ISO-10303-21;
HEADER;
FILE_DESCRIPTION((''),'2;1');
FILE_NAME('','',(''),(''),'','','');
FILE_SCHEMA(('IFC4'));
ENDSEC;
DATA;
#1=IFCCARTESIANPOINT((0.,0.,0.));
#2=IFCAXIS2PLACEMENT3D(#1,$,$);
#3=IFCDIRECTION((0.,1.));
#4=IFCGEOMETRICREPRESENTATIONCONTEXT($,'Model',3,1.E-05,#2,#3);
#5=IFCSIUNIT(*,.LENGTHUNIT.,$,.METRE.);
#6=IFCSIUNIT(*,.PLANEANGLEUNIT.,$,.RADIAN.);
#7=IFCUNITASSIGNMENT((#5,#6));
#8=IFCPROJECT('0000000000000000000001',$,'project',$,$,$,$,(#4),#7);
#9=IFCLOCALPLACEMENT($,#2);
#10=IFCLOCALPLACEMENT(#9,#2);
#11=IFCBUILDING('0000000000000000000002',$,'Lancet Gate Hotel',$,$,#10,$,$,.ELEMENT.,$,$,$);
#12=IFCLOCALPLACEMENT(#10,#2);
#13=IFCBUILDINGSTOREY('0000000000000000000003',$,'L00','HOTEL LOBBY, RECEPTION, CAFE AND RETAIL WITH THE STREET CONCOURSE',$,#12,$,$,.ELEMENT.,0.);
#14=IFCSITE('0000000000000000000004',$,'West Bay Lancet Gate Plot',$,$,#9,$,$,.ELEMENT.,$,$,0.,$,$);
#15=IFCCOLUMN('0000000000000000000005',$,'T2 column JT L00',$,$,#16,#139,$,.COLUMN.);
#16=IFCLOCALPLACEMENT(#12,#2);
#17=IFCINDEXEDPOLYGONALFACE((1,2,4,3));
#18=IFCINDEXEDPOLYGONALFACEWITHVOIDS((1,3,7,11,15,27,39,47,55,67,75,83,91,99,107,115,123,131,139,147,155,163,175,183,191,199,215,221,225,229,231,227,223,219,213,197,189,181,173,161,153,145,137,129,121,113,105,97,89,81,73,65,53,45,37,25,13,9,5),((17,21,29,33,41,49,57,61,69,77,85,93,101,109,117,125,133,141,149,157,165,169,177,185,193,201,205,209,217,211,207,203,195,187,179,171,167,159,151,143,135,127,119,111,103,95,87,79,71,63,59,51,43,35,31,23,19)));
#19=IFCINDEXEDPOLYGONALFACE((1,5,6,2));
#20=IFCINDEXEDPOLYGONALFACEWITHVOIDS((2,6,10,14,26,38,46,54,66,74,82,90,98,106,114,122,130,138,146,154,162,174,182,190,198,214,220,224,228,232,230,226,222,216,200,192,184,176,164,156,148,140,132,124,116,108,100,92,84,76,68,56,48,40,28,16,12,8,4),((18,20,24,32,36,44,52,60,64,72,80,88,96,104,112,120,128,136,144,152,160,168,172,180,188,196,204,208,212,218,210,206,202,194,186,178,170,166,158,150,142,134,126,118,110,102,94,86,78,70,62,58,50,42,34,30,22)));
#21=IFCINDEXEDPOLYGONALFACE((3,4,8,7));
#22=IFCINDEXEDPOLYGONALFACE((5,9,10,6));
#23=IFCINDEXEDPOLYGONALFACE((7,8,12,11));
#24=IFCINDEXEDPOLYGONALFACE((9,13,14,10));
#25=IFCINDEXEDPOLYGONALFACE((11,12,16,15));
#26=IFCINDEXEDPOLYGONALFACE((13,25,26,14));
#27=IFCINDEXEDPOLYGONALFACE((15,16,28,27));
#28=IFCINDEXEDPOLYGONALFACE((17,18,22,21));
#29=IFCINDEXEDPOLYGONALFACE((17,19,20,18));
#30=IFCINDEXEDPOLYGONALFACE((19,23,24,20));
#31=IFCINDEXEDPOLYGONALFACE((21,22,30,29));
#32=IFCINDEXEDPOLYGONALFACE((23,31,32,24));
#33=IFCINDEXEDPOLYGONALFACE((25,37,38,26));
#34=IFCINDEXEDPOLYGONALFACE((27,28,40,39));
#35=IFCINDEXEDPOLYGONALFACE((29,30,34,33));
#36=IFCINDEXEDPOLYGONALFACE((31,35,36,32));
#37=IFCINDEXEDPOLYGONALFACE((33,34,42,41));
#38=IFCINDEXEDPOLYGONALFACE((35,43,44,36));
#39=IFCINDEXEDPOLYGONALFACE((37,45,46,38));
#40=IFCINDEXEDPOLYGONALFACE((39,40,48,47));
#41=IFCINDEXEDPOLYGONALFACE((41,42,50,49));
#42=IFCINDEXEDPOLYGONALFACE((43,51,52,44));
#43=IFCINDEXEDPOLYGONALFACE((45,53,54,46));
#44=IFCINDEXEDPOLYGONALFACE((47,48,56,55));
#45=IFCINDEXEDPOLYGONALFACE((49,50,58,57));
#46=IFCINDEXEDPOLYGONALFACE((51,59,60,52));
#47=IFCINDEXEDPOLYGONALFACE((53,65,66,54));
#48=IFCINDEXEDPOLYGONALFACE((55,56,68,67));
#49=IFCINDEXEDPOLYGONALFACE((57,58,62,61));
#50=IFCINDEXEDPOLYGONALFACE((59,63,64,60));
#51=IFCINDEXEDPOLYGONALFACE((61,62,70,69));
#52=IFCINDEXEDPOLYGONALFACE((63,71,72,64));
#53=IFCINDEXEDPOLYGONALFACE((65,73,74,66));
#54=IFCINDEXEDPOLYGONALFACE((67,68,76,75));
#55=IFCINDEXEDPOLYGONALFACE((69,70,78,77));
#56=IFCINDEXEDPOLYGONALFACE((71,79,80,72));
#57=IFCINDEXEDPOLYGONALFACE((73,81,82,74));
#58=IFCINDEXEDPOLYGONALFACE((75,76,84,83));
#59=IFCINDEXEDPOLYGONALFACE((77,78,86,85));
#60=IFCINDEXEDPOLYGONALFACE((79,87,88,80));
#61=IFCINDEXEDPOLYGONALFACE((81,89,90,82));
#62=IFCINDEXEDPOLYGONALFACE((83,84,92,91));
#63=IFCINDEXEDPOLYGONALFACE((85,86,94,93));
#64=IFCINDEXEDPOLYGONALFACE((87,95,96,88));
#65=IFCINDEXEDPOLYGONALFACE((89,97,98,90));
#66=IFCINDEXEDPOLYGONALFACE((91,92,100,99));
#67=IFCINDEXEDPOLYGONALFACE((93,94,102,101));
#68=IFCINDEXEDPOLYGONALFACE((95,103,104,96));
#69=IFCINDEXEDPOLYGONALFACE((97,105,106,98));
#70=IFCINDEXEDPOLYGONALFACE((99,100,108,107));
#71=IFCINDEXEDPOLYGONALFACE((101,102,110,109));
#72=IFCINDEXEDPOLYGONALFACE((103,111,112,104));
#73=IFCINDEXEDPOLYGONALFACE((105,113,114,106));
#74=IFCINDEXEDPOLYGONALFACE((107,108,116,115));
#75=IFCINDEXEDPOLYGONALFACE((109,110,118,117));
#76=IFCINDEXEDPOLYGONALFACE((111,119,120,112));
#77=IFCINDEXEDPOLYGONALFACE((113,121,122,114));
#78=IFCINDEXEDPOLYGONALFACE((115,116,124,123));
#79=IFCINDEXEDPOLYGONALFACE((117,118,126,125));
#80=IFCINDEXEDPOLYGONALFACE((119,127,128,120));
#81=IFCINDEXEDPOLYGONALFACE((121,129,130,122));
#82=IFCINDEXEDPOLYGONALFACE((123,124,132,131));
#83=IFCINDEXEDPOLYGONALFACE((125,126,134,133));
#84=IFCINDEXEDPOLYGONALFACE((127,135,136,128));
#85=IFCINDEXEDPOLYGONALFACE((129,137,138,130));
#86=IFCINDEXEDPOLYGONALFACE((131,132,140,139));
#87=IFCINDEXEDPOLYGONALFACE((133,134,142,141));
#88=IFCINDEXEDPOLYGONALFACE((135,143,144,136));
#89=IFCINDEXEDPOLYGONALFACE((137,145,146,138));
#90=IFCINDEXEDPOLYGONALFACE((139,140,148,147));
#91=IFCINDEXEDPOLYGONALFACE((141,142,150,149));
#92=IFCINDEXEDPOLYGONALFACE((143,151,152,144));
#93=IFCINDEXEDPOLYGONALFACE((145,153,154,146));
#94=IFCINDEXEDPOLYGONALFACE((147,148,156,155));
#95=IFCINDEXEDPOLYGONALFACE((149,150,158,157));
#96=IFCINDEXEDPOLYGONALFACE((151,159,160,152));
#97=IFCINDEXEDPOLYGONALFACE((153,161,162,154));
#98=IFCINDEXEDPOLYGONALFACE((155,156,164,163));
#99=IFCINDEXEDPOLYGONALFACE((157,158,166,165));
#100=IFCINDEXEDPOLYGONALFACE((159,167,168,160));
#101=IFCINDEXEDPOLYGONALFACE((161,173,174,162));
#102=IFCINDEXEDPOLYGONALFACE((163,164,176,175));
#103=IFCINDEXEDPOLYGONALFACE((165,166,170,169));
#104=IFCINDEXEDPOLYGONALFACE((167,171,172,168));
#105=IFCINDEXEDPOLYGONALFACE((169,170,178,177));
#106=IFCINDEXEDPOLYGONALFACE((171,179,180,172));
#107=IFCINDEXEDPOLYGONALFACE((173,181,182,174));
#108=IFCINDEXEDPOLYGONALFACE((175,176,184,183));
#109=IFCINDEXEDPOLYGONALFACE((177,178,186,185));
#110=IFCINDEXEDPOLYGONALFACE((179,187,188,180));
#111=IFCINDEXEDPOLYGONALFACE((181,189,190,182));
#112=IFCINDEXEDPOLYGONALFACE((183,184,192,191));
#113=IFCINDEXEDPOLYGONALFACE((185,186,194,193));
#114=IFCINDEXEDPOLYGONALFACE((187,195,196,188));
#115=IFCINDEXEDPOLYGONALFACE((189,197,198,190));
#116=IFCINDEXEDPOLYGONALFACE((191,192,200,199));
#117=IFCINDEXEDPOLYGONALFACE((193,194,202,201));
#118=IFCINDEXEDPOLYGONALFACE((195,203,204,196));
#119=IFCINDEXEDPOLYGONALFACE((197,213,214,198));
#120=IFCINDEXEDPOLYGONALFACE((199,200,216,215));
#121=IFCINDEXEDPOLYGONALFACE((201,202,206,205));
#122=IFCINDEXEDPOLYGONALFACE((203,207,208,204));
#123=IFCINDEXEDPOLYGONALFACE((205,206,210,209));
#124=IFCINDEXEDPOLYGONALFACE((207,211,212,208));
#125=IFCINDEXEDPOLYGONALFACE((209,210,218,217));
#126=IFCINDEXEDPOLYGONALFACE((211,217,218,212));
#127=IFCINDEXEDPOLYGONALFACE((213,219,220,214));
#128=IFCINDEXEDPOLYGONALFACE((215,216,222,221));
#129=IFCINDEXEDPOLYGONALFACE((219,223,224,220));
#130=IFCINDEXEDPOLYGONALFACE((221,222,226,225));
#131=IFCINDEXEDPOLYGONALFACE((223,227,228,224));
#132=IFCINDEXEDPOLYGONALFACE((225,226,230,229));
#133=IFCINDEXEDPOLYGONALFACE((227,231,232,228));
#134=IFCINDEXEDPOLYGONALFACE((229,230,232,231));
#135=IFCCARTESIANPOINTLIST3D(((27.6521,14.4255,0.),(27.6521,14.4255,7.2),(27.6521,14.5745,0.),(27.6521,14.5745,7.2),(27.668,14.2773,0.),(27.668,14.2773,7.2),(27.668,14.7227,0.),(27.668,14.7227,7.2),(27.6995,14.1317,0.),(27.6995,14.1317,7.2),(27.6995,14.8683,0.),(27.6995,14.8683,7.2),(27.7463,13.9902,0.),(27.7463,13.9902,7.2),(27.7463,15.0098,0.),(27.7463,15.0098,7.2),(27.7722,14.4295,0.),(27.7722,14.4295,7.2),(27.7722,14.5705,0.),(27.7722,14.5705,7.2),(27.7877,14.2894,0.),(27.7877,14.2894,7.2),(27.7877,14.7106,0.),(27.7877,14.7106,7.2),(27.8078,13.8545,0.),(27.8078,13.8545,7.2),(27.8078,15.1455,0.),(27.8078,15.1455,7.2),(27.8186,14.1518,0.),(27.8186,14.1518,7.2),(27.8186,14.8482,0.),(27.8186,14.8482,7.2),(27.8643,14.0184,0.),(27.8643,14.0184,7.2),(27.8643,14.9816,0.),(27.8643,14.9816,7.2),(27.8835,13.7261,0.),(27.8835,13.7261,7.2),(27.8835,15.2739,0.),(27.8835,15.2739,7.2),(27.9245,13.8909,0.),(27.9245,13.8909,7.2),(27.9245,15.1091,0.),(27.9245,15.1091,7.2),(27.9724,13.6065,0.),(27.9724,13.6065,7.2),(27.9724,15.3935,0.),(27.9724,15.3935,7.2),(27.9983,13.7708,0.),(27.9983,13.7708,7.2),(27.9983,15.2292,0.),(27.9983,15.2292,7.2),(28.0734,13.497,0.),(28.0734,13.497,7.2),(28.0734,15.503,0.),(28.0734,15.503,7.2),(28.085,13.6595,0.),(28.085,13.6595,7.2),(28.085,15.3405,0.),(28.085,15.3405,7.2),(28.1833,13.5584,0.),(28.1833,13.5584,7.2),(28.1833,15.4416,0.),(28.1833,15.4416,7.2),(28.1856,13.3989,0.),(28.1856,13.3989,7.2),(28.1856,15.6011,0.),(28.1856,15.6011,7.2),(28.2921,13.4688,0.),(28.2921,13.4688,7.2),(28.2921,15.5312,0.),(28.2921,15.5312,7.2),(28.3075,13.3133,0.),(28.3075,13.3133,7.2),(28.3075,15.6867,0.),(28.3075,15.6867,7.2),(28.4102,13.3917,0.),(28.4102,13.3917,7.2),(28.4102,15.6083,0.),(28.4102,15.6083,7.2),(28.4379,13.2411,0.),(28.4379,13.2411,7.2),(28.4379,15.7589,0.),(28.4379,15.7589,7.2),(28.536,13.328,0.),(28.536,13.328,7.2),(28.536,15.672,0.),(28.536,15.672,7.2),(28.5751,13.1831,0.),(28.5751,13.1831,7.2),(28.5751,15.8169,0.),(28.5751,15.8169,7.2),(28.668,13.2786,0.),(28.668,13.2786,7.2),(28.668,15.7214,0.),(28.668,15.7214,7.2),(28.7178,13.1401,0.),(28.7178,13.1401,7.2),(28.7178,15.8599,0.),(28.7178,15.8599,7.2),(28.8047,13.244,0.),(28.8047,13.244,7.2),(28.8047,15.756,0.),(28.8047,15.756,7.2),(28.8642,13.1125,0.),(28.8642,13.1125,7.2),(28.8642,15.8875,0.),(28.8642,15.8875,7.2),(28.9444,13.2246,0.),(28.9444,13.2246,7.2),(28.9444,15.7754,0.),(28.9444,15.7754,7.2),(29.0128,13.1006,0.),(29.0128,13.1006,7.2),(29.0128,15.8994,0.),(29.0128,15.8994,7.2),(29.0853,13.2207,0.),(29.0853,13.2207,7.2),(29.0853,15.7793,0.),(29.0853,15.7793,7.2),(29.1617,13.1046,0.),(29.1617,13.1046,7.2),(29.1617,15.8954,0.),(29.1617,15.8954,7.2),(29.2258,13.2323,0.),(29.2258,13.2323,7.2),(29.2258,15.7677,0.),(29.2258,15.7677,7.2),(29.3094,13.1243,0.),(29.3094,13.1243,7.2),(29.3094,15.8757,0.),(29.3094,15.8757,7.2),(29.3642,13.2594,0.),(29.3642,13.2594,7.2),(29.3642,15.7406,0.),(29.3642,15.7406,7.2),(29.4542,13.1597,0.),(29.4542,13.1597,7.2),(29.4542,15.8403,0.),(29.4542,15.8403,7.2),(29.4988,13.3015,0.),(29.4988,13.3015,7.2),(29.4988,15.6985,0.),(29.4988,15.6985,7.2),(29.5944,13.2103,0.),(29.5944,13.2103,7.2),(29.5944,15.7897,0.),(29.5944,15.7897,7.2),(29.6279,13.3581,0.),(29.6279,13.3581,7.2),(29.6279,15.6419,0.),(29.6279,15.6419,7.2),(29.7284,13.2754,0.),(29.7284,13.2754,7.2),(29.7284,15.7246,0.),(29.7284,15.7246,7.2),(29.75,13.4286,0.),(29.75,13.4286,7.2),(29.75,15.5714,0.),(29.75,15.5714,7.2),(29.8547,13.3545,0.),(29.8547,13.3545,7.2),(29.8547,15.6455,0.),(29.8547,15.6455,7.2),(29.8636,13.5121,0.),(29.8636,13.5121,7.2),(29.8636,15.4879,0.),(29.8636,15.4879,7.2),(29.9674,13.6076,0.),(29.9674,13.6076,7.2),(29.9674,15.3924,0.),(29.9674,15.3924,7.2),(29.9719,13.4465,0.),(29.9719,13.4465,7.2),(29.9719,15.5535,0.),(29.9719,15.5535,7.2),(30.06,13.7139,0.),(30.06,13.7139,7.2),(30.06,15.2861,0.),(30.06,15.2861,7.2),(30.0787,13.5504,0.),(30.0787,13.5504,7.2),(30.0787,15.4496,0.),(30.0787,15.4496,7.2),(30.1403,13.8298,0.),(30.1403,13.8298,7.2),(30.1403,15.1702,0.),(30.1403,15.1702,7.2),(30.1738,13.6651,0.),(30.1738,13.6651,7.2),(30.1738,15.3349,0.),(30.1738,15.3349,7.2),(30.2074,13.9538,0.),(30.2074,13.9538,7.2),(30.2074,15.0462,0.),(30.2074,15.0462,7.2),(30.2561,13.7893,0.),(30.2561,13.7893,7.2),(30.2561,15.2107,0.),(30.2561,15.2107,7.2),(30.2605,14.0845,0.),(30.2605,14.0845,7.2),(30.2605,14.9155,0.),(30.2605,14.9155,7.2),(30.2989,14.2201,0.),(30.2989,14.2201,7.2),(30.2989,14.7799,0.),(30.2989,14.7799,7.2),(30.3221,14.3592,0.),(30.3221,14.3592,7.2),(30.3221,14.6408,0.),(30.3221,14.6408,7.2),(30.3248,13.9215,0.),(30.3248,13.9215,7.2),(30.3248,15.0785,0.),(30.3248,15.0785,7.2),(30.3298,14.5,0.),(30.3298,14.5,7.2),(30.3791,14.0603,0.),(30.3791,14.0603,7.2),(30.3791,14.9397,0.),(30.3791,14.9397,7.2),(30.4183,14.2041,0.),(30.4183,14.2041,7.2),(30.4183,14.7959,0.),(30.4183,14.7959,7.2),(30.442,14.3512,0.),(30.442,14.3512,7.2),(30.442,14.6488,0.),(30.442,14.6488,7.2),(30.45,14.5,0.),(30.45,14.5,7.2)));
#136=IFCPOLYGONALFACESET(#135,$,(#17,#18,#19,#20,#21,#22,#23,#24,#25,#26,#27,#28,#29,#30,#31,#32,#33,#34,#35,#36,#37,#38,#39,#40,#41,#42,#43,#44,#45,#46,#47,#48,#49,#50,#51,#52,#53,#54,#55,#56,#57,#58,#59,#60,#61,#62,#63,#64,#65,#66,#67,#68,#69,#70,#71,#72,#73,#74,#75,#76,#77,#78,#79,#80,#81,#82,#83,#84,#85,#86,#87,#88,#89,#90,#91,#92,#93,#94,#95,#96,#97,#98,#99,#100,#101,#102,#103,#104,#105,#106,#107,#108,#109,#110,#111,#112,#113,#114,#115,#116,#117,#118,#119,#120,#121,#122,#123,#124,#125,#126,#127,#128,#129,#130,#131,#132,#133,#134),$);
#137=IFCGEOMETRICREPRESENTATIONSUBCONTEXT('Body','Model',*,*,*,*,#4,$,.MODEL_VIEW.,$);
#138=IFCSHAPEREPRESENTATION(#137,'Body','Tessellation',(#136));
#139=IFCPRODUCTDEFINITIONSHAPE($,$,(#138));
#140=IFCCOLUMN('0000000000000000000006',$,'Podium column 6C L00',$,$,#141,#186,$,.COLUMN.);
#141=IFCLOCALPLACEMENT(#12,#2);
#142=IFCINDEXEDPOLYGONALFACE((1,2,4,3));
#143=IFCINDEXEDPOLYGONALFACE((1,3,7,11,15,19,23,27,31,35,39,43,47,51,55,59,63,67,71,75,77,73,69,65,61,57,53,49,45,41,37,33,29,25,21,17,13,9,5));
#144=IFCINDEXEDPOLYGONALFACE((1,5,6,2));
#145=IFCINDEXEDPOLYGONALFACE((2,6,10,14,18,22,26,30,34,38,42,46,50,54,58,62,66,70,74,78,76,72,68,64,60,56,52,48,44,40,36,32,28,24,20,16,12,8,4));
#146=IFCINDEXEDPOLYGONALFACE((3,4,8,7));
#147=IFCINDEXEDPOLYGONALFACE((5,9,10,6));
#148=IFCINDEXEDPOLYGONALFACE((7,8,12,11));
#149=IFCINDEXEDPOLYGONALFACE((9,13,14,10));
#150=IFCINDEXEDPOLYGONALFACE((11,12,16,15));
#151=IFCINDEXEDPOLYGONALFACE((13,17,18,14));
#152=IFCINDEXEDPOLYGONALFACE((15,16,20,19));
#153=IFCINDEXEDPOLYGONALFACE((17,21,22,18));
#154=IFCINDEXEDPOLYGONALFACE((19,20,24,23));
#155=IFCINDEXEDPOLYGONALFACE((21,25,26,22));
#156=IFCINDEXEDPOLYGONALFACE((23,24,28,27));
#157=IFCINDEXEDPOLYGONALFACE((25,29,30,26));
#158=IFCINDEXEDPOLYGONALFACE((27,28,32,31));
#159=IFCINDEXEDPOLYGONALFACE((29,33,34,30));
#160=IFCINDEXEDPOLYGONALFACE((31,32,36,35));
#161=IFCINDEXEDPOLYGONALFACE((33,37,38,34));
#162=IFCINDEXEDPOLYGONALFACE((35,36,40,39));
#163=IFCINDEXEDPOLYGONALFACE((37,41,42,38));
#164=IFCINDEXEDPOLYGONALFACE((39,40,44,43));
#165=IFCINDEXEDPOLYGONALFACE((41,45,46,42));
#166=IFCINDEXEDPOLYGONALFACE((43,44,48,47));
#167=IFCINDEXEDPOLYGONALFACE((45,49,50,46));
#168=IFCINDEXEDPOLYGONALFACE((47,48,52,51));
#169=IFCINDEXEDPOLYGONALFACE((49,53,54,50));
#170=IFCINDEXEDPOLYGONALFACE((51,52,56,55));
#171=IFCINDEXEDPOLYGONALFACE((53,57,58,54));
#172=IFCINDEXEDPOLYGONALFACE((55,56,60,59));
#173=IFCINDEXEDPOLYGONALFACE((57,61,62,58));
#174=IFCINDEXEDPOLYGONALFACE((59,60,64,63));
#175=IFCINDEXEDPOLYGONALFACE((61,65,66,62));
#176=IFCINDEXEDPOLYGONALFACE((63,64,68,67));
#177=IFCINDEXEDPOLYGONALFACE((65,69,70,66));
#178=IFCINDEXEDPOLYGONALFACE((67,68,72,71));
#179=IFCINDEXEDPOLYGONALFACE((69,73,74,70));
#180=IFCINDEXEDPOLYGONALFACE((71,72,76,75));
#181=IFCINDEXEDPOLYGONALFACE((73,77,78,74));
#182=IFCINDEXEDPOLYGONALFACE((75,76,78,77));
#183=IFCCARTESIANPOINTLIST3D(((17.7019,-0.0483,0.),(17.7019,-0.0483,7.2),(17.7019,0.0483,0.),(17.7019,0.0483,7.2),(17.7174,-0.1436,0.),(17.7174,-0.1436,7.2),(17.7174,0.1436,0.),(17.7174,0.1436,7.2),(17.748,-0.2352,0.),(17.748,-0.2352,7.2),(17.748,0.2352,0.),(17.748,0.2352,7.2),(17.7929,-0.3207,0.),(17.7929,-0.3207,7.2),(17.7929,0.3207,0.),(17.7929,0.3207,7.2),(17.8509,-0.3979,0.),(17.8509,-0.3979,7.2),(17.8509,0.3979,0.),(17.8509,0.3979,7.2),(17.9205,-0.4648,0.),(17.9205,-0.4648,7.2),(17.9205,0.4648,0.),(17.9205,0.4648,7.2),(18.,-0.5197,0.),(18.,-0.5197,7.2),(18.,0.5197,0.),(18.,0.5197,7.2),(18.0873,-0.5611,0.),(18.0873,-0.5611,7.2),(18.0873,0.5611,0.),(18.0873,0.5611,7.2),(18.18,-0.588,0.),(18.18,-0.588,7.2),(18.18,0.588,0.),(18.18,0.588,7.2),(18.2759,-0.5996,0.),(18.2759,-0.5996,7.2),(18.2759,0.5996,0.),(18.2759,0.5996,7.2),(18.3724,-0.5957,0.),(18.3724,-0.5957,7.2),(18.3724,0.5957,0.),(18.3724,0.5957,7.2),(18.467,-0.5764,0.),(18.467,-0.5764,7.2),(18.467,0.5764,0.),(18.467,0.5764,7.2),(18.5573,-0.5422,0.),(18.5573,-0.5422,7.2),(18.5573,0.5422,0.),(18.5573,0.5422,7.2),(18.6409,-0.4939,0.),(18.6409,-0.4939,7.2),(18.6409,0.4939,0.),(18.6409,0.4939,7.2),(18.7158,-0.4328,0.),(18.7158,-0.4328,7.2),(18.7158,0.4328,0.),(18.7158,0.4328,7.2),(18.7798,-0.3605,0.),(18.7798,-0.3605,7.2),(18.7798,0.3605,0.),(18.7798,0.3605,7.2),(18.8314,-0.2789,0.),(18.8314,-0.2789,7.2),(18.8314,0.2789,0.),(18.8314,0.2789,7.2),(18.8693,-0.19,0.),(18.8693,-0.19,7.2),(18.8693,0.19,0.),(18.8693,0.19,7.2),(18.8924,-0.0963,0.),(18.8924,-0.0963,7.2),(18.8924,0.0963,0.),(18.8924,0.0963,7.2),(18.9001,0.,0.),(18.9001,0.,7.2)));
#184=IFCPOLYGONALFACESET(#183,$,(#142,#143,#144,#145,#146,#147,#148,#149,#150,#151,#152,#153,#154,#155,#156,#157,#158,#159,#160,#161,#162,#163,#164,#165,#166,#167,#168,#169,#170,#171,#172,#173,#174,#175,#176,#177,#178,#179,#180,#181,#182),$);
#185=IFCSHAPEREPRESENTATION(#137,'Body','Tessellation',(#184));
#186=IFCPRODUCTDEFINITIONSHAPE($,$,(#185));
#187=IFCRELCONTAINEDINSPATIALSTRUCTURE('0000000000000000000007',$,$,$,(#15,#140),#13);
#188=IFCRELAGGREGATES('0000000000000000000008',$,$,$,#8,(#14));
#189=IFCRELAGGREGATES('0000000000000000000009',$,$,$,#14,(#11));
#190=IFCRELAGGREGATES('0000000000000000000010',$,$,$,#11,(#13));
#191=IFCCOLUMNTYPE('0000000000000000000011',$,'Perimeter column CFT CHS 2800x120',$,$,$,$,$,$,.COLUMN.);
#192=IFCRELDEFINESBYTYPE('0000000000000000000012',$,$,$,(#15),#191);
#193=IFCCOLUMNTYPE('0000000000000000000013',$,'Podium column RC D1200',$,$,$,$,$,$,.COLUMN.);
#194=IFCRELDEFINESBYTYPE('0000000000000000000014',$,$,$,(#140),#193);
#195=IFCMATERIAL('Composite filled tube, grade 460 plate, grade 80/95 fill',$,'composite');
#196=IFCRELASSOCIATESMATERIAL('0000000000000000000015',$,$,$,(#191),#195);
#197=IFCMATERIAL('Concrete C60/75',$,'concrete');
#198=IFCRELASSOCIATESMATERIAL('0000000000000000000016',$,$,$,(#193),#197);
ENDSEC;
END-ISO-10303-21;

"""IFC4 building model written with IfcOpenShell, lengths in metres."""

from ifc_helpers import new_model, si_unit, direction, frame, origin, origin_2d, place, context, subcontext, project, spatial, circle, hollow_circle, extrude, material, material_profile, profile_set, type_object, element, save


model = new_model("IFC4")

# Units and contexts
model_context = context("Model", 3, precision=1e-05, world=origin(), true_north=direction((0.0, 1.0)))
body_context = subcontext(model_context, "Body", "Model", "MODEL_VIEW")
ifc_project = project(units=[si_unit("LENGTHUNIT", "METRE"), si_unit("PLANEANGLEUNIT", "RADIAN")], contexts=[model_context])

# Site, building, storey
site_placement = place(None, origin())
site = spatial("IfcSite", under=ifc_project, at=site_placement, Name="West Bay Lancet Gate Plot", CompositionType="ELEMENT", RefElevation=0.0)
building_placement = place(site_placement, origin())
building = spatial("IfcBuilding", under=site, at=building_placement, Name="Lancet Gate Hotel", CompositionType="ELEMENT")
storey_placement = place(building_placement, origin())
storey = spatial("IfcBuildingStorey", under=building, at=storey_placement, Name="L00", Description="HOTEL LOBBY, RECEPTION, CAFE AND RETAIL WITH THE STREET CONCOURSE", CompositionType="ELEMENT", Elevation=0.0)

# Columns
ifc_material_1 = material(Name="Composite filled tube, grade 460 plate, grade 80/95 fill", Category="composite")
ifc_material_profile_1 = material_profile(ifc_material_1, hollow_circle(Radius=1.3999, WallThickness=0.1201, at=origin_2d()), Name="CHS 2800x120")
ifc_profile_set_1 = profile_set([ifc_material_profile_1], Name="Composite filled tube, grade 460 plate, grade 80/95 fill")
column_type_1 = type_object("IfcColumnType", Name="Perimeter column CFT CHS 2800x120", PredefinedType="COLUMN", material=ifc_profile_set_1)
for number, where, z_axis, x_axis, name in (
    (1, (29.05, 14.5, 0.0), (0.0, 0.0, 1.0), (1.0, 0.0, 0.0), "T2 column JT L00"),
):
    element("IfcColumn", number, at=place(storey_placement, frame(where, z_axis=z_axis, x_axis=x_axis)), inside=storey, type_object=column_type_1, Name=name, PredefinedType="COLUMN", context=body_context, shape_type="SweptSolid", body=[
        extrude(hollow_circle(Radius=1.3999, WallThickness=0.1201, at=origin_2d()), origin(), (0.0, 0.0, 1.0), 7.2),
    ])
ifc_material_2 = material(Name="Concrete C60/75", Category="concrete")
ifc_material_profile_2 = material_profile(ifc_material_2, circle(Radius=0.6001, at=origin_2d()), Name="RC D1200")
ifc_profile_set_2 = profile_set([ifc_material_profile_2], Name="Concrete C60/75")
column_type_2 = type_object("IfcColumnType", Name="Podium column RC D1200", PredefinedType="COLUMN", material=ifc_profile_set_2)
for number, where, z_axis, x_axis, name in (
    (2, (18.3, 0.0, 0.0), (0.0, 0.0, 1.0), (1.0, 0.0, 0.0), "Podium column 6C L00"),
):
    element("IfcColumn", number, at=place(storey_placement, frame(where, z_axis=z_axis, x_axis=x_axis)), inside=storey, type_object=column_type_2, Name=name, PredefinedType="COLUMN", context=body_context, shape_type="SweptSolid", body=[
        extrude(circle(Radius=0.6001, at=origin_2d()), origin(), (0.0, 0.0, 1.0), 7.2),
    ])

save(model, "model.ifc")
